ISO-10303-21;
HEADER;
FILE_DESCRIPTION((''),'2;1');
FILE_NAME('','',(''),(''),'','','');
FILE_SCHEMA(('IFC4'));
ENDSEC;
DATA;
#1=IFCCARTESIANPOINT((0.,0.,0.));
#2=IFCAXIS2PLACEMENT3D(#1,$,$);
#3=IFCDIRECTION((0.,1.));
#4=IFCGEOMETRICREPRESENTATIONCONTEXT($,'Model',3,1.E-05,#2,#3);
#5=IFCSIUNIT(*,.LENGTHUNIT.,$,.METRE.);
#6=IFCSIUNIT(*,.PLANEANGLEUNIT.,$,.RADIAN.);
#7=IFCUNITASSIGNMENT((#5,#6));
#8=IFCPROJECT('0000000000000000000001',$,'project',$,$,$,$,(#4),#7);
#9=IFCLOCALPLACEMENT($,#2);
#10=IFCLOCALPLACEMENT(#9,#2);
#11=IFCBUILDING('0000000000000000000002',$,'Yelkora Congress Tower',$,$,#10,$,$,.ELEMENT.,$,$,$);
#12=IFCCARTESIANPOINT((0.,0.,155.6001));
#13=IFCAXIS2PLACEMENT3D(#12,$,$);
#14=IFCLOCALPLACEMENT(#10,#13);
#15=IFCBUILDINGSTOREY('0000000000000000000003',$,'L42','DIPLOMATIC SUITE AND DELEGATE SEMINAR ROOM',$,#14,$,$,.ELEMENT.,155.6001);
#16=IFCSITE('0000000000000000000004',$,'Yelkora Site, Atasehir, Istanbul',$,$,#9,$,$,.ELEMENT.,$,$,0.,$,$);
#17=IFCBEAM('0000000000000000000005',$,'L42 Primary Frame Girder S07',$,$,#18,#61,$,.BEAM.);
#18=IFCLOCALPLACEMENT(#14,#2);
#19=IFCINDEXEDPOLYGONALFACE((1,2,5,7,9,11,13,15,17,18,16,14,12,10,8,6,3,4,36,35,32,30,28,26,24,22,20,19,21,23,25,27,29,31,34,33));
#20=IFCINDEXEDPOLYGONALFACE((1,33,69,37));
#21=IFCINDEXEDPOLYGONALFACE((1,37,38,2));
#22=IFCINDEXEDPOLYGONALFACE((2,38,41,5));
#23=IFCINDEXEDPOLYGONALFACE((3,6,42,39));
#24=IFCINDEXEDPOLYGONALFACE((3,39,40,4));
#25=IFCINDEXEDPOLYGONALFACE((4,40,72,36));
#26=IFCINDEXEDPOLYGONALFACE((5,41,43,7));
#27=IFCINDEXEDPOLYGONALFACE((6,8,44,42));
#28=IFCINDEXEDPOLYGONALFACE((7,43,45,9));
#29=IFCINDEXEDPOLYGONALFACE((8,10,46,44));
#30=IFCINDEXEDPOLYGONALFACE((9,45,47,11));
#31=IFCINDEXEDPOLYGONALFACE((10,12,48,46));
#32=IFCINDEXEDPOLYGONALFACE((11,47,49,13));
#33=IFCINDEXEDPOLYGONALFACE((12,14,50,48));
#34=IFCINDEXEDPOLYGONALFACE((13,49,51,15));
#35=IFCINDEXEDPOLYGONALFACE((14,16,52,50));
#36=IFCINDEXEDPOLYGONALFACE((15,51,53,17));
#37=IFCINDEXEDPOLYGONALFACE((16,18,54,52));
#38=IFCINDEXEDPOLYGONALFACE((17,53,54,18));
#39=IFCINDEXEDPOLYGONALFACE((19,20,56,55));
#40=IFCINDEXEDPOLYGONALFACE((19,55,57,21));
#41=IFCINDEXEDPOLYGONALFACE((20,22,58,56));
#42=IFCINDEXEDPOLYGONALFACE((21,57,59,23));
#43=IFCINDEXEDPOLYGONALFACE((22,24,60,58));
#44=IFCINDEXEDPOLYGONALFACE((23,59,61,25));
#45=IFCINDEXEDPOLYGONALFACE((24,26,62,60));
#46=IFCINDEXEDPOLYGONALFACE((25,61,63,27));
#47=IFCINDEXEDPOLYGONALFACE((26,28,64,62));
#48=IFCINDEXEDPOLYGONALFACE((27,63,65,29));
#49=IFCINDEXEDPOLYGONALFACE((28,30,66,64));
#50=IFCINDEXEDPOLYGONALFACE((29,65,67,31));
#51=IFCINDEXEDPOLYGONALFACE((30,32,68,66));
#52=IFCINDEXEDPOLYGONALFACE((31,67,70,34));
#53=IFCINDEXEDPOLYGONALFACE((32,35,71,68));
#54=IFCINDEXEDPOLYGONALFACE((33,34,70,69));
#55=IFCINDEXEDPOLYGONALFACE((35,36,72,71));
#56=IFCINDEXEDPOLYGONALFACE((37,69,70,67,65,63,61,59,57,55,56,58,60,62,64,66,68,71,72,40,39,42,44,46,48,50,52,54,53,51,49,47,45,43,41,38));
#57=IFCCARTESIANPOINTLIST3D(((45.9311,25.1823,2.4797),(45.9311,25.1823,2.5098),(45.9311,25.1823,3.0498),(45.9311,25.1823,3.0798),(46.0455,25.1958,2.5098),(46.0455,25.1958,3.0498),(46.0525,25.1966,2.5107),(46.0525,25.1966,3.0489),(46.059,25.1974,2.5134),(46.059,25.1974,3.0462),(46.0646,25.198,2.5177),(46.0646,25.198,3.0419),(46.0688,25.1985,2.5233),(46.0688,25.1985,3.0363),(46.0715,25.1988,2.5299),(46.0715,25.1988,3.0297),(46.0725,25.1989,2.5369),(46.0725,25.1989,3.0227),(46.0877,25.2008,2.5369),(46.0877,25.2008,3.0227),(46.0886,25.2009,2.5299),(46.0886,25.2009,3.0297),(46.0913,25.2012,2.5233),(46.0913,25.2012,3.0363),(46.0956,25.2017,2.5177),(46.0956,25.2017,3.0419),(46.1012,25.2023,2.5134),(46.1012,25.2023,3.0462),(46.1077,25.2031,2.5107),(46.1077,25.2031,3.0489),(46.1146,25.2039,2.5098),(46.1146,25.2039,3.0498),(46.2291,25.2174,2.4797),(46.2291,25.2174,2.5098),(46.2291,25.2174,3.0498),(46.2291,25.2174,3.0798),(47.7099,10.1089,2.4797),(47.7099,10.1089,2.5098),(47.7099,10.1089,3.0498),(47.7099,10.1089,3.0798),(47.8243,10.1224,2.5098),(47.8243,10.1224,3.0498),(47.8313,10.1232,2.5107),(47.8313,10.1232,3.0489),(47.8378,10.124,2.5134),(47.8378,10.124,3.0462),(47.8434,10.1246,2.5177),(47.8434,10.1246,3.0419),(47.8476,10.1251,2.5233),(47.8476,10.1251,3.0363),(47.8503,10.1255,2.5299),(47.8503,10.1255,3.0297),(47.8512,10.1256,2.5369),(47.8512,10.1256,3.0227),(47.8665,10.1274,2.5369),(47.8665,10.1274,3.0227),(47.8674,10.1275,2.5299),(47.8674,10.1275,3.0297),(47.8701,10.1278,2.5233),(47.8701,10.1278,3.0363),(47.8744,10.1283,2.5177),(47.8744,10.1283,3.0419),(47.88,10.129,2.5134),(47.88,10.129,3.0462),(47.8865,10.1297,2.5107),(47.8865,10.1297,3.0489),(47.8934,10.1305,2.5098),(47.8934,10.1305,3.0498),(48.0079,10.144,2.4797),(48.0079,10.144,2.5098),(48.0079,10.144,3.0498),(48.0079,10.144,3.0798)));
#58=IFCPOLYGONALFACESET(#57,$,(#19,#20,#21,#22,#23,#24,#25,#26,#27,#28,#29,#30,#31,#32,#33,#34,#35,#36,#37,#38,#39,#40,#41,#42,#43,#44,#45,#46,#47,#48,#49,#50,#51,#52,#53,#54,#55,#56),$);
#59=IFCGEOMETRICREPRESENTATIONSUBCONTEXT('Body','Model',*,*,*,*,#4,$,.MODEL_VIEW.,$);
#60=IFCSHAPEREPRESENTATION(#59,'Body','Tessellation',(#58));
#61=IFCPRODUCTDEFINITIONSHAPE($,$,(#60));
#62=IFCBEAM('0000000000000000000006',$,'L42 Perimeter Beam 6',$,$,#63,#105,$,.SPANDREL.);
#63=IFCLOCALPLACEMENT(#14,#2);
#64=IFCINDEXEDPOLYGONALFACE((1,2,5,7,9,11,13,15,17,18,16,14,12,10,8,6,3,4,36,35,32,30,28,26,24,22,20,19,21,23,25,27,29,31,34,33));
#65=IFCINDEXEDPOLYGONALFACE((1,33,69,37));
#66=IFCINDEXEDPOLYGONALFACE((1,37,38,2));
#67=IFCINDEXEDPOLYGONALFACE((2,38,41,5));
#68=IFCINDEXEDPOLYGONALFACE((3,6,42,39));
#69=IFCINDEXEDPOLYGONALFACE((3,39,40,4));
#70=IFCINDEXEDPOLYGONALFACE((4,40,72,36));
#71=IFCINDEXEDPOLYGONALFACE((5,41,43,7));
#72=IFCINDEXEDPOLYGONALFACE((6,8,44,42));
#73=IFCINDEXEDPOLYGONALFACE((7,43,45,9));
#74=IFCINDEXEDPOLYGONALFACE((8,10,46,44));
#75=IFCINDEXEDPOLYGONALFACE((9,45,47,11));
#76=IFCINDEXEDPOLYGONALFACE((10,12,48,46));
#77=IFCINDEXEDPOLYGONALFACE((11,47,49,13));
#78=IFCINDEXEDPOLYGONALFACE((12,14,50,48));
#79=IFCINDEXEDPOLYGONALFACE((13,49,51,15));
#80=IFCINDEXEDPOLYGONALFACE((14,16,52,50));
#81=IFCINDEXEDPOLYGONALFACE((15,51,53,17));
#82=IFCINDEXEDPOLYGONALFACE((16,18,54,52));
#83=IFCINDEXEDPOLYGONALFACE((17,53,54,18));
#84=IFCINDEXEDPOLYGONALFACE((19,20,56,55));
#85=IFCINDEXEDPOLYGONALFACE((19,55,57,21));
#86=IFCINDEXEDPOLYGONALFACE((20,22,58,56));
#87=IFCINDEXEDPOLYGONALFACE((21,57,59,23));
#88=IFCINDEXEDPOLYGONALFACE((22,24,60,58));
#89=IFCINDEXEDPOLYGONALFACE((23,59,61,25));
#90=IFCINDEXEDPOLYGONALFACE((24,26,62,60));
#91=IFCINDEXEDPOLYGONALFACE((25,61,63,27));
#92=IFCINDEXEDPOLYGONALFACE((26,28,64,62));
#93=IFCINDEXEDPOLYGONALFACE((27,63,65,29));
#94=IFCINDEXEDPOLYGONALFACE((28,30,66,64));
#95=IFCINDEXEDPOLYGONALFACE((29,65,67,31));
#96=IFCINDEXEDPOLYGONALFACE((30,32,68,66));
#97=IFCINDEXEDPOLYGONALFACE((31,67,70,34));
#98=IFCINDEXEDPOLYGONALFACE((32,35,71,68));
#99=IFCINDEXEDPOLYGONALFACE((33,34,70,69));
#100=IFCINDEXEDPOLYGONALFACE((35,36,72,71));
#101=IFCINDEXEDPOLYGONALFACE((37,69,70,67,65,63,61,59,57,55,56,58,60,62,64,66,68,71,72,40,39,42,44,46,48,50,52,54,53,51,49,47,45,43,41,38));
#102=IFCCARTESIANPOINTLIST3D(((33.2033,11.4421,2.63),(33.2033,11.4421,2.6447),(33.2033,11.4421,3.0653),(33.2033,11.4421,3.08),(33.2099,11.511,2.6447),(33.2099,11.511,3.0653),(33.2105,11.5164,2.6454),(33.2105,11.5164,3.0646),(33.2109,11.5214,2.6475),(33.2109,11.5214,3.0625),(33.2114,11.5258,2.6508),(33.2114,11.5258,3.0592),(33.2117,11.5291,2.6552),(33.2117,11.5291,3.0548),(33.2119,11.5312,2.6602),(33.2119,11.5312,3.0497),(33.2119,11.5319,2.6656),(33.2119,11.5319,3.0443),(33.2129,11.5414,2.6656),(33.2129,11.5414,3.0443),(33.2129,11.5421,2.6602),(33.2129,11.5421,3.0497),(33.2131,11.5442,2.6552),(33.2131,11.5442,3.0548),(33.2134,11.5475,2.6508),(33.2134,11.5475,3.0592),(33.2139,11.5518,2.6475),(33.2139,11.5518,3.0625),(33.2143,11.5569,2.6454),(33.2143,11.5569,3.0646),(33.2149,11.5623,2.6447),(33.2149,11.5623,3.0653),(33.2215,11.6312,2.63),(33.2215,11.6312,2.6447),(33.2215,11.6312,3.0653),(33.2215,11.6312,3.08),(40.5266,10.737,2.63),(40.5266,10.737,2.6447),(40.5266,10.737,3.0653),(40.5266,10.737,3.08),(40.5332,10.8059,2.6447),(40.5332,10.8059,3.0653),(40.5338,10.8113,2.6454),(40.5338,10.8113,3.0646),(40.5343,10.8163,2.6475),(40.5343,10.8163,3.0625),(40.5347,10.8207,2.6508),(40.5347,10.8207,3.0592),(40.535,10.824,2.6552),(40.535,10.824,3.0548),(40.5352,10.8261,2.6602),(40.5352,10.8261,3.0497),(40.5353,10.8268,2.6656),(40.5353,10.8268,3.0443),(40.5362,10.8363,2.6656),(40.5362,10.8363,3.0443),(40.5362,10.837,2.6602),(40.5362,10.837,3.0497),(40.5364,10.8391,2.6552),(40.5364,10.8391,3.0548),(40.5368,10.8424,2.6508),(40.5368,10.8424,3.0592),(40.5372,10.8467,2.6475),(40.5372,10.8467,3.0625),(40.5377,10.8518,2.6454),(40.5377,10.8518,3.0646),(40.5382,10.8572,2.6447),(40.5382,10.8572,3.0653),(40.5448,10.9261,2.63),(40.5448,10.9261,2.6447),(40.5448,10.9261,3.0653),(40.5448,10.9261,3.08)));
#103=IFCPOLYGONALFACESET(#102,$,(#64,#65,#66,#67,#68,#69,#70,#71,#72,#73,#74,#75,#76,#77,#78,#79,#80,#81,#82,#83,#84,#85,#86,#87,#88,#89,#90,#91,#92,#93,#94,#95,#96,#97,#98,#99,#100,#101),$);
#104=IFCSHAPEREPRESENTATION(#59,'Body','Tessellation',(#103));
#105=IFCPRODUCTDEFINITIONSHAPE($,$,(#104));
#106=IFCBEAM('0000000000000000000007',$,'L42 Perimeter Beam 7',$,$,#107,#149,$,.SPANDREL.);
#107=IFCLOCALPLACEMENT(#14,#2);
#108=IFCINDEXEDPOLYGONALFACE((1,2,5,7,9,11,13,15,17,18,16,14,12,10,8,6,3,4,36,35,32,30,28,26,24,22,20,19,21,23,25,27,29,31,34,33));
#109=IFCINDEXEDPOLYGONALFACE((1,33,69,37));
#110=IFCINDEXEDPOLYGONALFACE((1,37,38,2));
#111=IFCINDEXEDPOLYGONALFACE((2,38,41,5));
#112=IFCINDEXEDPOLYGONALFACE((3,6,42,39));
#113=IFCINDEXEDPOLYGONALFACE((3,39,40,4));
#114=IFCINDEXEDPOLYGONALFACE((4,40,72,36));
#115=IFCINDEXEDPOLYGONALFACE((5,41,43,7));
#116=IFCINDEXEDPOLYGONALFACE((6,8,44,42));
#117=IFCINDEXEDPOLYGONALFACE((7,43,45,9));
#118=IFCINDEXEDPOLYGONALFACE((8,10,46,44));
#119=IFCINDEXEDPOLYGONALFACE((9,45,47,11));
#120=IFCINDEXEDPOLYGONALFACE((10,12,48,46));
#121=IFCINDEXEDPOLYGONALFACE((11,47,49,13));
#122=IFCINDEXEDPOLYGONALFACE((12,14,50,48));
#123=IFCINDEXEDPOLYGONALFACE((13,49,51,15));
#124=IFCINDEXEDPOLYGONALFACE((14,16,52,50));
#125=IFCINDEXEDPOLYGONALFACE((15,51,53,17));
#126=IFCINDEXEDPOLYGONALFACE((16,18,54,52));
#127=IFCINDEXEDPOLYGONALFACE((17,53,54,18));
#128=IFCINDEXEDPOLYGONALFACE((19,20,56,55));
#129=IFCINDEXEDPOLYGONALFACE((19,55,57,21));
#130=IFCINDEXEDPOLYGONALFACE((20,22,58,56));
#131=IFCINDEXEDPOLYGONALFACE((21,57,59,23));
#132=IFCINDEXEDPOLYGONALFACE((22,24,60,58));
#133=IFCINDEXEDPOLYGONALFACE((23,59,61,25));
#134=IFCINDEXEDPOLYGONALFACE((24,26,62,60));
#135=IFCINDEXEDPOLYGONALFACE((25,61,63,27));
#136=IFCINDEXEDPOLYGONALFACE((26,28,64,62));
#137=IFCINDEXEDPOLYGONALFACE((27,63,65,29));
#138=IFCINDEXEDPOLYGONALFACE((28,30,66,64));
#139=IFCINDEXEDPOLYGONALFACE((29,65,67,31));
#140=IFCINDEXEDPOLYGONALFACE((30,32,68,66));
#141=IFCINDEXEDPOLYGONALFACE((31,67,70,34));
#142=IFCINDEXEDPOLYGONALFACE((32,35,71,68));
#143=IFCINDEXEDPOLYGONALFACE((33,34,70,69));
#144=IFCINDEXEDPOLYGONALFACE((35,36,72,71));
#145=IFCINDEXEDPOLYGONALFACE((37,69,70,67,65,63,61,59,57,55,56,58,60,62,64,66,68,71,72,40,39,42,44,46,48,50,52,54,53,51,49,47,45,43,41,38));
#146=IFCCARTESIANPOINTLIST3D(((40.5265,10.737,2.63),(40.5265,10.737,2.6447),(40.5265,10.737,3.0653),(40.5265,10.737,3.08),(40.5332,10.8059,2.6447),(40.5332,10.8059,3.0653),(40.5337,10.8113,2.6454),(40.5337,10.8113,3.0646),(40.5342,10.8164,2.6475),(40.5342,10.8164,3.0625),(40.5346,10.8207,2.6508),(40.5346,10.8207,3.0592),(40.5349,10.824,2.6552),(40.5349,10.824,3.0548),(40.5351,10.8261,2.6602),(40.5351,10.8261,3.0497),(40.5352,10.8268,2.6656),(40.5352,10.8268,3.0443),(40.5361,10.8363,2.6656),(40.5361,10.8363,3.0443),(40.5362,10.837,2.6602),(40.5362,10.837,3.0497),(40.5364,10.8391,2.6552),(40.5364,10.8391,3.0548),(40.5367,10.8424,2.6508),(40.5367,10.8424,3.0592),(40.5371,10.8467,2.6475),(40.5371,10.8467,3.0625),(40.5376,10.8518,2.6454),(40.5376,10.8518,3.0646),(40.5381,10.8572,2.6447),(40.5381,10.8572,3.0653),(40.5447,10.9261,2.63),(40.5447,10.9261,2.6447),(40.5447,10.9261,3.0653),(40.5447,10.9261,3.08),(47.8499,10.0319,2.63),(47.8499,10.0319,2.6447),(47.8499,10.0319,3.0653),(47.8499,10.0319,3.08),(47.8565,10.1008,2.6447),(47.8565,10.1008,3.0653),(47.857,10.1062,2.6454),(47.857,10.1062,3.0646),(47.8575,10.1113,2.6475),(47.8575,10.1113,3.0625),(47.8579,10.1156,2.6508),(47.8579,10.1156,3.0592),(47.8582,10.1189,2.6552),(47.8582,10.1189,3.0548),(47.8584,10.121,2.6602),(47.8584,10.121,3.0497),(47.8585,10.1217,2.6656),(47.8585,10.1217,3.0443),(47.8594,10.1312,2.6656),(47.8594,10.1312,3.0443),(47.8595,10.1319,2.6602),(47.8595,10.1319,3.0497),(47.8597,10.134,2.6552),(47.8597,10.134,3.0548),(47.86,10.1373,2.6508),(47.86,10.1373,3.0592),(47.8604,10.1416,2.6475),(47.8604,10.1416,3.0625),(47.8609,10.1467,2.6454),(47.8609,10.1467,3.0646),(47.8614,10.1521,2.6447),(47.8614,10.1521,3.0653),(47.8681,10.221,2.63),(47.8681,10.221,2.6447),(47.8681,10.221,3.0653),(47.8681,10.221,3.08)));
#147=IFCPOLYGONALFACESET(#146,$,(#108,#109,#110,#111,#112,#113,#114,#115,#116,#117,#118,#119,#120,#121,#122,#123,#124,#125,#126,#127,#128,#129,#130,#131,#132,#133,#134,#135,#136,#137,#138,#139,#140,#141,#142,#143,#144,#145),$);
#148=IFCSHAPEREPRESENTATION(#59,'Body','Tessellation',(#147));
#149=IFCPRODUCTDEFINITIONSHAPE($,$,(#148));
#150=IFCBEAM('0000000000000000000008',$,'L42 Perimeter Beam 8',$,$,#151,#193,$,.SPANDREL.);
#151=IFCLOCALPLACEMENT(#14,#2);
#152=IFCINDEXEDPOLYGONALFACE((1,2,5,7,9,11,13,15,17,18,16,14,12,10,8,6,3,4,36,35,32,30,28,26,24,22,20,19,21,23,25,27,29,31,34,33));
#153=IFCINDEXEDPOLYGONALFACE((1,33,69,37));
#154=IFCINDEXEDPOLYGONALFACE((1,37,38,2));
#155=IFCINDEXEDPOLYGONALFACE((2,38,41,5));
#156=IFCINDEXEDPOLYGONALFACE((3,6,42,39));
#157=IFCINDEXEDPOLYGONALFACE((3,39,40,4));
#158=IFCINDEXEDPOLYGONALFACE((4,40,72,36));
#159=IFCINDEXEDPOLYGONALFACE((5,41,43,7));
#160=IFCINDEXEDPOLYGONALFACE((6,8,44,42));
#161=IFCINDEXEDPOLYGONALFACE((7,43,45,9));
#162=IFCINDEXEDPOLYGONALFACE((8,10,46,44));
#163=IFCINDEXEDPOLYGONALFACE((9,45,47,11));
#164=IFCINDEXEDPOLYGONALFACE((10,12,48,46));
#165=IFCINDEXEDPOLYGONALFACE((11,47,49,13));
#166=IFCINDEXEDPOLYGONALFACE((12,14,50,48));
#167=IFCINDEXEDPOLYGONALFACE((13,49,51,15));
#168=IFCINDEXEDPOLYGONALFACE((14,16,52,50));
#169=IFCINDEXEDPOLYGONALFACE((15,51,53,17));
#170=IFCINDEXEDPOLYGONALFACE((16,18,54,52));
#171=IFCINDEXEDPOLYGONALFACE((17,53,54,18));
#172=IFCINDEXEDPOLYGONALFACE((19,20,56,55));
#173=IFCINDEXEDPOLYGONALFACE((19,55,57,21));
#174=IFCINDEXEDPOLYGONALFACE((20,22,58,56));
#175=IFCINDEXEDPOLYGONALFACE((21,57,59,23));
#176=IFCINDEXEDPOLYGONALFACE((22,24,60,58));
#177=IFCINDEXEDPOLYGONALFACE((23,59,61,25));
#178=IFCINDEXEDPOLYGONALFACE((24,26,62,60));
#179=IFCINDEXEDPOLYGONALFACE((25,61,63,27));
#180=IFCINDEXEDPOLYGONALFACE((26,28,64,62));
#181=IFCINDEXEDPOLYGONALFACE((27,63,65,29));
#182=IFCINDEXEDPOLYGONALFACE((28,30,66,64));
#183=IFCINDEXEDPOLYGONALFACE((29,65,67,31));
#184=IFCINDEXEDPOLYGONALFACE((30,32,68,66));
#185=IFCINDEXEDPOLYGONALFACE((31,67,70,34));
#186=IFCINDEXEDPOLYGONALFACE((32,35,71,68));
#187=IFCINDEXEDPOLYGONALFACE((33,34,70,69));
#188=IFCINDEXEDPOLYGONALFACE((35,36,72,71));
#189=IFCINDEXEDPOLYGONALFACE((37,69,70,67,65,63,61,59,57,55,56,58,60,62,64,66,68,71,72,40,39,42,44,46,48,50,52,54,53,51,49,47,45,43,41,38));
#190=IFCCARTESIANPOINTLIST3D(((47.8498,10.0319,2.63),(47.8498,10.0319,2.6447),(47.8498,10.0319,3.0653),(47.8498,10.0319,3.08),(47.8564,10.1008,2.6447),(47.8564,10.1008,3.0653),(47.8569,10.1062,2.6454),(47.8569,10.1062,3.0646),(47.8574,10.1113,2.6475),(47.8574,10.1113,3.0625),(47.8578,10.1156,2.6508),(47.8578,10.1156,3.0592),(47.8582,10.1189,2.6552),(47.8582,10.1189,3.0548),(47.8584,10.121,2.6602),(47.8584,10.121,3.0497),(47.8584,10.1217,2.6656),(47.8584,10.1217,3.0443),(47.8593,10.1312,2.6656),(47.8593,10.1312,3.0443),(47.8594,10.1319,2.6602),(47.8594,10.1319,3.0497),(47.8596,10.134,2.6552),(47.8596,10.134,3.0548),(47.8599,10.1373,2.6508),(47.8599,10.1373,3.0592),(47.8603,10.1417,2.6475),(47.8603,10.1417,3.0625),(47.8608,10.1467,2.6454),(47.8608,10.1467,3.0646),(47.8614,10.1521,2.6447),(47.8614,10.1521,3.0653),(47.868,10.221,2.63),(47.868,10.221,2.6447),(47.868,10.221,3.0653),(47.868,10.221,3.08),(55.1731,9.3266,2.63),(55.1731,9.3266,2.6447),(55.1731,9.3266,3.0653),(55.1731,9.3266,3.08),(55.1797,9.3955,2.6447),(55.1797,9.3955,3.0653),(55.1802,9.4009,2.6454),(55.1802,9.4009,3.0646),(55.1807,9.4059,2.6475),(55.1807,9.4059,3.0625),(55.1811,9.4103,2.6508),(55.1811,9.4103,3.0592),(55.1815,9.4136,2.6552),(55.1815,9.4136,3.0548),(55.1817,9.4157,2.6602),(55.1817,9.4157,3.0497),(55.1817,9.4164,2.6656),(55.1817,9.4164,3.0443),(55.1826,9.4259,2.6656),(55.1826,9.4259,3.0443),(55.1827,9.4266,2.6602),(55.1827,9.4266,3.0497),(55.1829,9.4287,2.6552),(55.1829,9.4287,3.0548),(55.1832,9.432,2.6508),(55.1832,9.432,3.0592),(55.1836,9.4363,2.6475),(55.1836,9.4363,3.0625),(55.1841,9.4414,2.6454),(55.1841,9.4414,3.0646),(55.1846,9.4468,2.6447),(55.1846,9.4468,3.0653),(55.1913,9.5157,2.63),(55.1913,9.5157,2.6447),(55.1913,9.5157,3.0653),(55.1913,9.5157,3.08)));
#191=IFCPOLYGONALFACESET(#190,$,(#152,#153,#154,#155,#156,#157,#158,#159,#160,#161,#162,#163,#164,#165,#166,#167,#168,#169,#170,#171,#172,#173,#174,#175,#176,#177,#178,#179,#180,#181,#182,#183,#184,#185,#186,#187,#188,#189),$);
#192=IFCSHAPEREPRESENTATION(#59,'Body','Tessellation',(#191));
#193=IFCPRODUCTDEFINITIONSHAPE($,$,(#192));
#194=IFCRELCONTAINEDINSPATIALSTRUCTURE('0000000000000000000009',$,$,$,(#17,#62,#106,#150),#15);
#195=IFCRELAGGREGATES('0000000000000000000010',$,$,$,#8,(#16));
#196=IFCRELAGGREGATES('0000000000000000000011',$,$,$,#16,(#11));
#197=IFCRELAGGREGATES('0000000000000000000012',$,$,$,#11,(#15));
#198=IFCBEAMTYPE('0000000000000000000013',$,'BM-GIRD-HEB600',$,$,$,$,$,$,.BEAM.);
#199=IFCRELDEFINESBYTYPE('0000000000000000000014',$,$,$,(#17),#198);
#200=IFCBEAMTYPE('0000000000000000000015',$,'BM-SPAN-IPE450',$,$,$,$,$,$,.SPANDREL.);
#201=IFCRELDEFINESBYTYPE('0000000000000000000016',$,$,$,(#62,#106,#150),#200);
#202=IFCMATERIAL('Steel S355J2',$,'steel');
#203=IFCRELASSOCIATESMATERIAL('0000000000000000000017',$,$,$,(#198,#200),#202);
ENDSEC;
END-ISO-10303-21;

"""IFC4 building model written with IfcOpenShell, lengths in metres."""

from ifc_helpers import new_model, si_unit, direction, frame, origin, origin_2d, place, context, subcontext, project, spatial, i_section, extrude, material, material_profile, profile_set, type_object, element, save


model = new_model("IFC4")

# Units and contexts
model_context = context("Model", 3, precision=1e-05, world=origin(), true_north=direction((0.0, 1.0)))
body_context = subcontext(model_context, "Body", "Model", "MODEL_VIEW")
ifc_project = project(units=[si_unit("LENGTHUNIT", "METRE"), si_unit("PLANEANGLEUNIT", "RADIAN")], contexts=[model_context])

# Site, building, storey
site_placement = place(None, origin())
site = spatial("IfcSite", under=ifc_project, at=site_placement, Name="Yelkora Site, Atasehir, Istanbul", CompositionType="ELEMENT", RefElevation=0.0)
building_placement = place(site_placement, origin())
building = spatial("IfcBuilding", under=site, at=building_placement, Name="Yelkora Congress Tower", CompositionType="ELEMENT")
storey_placement = place(building_placement, frame((0.0, 0.0, 155.6001)))
storey = spatial("IfcBuildingStorey", under=building, at=storey_placement, Name="L42", Description="DIPLOMATIC SUITE AND DELEGATE SEMINAR ROOM", CompositionType="ELEMENT", Elevation=155.6001)

# Beams
ifc_material_1 = material(Name="Steel S355J2", Category="steel")
ifc_material_profile_1 = material_profile(ifc_material_1, i_section(OverallWidth=0.3, OverallDepth=0.6001, WebThickness=0.0154, FlangeThickness=0.03, FilletRadius=0.0271, at=origin_2d()), Name="HEB 600")
ifc_profile_set_1 = profile_set([ifc_material_profile_1], Name="Steel S355J2")
beam_type_1 = type_object("IfcBeamType", Name="BM-GIRD-HEB600", PredefinedType="BEAM", material=ifc_profile_set_1)
beam_1_placement = place(storey_placement, frame((47.8589, 10.1265, 2.7798), z_axis=(-0.117196, 0.993109, 0.0), x_axis=(-0.993109, -0.117196, 0.0)))
element("IfcBeam", 1, at=beam_1_placement, inside=storey, type_object=beam_type_1, Name="L42 Primary Frame Girder S07", PredefinedType="BEAM", context=body_context, shape_type="SweptSolid", body=[
    extrude(i_section(OverallWidth=0.3, OverallDepth=0.6001, WebThickness=0.0154, FlangeThickness=0.03, FilletRadius=0.0271, at=origin_2d()), origin(), (0.0, 0.0, 1.0), 15.178),
])
ifc_material_profile_2 = material_profile(ifc_material_1, i_section(OverallWidth=0.1899, OverallDepth=0.45, WebThickness=0.0095, FlangeThickness=0.0146, FilletRadius=0.021, at=origin_2d()), Name="IPE 450")
ifc_profile_set_2 = profile_set([ifc_material_profile_2], Name="Steel S355J2")
beam_type_2 = type_object("IfcBeamType", Name="BM-SPAN-IPE450", PredefinedType="SPANDREL", material=ifc_profile_set_2)
for number, where, z_axis, x_axis, name in (
    (2, (33.2124, 11.5366, 2.855), (0.995397, -0.095836, 0.0), (0.095836, 0.995397, 0.0), "L42 Perimeter Beam 6"),
    (3, (40.5356, 10.8315, 2.855), (0.995397, -0.095836, 0.0), (0.095836, 0.995397, 0.0), "L42 Perimeter Beam 7"),
    (4, (47.8589, 10.1265, 2.855), (0.995394, -0.095869, 0.0), (0.095869, 0.995394, 0.0), "L42 Perimeter Beam 8"),
):
    element("IfcBeam", number, at=place(storey_placement, frame(where, z_axis=z_axis, x_axis=x_axis)), inside=storey, type_object=beam_type_2, Name=name, PredefinedType="SPANDREL", context=body_context, shape_type="SweptSolid", body=[
        extrude(i_section(OverallWidth=0.1899, OverallDepth=0.45, WebThickness=0.0095, FlangeThickness=0.0146, FilletRadius=0.021, at=origin_2d()), origin(), (0.0, 0.0, 1.0), 7.3572),
    ])

save(model, "model.ifc")
